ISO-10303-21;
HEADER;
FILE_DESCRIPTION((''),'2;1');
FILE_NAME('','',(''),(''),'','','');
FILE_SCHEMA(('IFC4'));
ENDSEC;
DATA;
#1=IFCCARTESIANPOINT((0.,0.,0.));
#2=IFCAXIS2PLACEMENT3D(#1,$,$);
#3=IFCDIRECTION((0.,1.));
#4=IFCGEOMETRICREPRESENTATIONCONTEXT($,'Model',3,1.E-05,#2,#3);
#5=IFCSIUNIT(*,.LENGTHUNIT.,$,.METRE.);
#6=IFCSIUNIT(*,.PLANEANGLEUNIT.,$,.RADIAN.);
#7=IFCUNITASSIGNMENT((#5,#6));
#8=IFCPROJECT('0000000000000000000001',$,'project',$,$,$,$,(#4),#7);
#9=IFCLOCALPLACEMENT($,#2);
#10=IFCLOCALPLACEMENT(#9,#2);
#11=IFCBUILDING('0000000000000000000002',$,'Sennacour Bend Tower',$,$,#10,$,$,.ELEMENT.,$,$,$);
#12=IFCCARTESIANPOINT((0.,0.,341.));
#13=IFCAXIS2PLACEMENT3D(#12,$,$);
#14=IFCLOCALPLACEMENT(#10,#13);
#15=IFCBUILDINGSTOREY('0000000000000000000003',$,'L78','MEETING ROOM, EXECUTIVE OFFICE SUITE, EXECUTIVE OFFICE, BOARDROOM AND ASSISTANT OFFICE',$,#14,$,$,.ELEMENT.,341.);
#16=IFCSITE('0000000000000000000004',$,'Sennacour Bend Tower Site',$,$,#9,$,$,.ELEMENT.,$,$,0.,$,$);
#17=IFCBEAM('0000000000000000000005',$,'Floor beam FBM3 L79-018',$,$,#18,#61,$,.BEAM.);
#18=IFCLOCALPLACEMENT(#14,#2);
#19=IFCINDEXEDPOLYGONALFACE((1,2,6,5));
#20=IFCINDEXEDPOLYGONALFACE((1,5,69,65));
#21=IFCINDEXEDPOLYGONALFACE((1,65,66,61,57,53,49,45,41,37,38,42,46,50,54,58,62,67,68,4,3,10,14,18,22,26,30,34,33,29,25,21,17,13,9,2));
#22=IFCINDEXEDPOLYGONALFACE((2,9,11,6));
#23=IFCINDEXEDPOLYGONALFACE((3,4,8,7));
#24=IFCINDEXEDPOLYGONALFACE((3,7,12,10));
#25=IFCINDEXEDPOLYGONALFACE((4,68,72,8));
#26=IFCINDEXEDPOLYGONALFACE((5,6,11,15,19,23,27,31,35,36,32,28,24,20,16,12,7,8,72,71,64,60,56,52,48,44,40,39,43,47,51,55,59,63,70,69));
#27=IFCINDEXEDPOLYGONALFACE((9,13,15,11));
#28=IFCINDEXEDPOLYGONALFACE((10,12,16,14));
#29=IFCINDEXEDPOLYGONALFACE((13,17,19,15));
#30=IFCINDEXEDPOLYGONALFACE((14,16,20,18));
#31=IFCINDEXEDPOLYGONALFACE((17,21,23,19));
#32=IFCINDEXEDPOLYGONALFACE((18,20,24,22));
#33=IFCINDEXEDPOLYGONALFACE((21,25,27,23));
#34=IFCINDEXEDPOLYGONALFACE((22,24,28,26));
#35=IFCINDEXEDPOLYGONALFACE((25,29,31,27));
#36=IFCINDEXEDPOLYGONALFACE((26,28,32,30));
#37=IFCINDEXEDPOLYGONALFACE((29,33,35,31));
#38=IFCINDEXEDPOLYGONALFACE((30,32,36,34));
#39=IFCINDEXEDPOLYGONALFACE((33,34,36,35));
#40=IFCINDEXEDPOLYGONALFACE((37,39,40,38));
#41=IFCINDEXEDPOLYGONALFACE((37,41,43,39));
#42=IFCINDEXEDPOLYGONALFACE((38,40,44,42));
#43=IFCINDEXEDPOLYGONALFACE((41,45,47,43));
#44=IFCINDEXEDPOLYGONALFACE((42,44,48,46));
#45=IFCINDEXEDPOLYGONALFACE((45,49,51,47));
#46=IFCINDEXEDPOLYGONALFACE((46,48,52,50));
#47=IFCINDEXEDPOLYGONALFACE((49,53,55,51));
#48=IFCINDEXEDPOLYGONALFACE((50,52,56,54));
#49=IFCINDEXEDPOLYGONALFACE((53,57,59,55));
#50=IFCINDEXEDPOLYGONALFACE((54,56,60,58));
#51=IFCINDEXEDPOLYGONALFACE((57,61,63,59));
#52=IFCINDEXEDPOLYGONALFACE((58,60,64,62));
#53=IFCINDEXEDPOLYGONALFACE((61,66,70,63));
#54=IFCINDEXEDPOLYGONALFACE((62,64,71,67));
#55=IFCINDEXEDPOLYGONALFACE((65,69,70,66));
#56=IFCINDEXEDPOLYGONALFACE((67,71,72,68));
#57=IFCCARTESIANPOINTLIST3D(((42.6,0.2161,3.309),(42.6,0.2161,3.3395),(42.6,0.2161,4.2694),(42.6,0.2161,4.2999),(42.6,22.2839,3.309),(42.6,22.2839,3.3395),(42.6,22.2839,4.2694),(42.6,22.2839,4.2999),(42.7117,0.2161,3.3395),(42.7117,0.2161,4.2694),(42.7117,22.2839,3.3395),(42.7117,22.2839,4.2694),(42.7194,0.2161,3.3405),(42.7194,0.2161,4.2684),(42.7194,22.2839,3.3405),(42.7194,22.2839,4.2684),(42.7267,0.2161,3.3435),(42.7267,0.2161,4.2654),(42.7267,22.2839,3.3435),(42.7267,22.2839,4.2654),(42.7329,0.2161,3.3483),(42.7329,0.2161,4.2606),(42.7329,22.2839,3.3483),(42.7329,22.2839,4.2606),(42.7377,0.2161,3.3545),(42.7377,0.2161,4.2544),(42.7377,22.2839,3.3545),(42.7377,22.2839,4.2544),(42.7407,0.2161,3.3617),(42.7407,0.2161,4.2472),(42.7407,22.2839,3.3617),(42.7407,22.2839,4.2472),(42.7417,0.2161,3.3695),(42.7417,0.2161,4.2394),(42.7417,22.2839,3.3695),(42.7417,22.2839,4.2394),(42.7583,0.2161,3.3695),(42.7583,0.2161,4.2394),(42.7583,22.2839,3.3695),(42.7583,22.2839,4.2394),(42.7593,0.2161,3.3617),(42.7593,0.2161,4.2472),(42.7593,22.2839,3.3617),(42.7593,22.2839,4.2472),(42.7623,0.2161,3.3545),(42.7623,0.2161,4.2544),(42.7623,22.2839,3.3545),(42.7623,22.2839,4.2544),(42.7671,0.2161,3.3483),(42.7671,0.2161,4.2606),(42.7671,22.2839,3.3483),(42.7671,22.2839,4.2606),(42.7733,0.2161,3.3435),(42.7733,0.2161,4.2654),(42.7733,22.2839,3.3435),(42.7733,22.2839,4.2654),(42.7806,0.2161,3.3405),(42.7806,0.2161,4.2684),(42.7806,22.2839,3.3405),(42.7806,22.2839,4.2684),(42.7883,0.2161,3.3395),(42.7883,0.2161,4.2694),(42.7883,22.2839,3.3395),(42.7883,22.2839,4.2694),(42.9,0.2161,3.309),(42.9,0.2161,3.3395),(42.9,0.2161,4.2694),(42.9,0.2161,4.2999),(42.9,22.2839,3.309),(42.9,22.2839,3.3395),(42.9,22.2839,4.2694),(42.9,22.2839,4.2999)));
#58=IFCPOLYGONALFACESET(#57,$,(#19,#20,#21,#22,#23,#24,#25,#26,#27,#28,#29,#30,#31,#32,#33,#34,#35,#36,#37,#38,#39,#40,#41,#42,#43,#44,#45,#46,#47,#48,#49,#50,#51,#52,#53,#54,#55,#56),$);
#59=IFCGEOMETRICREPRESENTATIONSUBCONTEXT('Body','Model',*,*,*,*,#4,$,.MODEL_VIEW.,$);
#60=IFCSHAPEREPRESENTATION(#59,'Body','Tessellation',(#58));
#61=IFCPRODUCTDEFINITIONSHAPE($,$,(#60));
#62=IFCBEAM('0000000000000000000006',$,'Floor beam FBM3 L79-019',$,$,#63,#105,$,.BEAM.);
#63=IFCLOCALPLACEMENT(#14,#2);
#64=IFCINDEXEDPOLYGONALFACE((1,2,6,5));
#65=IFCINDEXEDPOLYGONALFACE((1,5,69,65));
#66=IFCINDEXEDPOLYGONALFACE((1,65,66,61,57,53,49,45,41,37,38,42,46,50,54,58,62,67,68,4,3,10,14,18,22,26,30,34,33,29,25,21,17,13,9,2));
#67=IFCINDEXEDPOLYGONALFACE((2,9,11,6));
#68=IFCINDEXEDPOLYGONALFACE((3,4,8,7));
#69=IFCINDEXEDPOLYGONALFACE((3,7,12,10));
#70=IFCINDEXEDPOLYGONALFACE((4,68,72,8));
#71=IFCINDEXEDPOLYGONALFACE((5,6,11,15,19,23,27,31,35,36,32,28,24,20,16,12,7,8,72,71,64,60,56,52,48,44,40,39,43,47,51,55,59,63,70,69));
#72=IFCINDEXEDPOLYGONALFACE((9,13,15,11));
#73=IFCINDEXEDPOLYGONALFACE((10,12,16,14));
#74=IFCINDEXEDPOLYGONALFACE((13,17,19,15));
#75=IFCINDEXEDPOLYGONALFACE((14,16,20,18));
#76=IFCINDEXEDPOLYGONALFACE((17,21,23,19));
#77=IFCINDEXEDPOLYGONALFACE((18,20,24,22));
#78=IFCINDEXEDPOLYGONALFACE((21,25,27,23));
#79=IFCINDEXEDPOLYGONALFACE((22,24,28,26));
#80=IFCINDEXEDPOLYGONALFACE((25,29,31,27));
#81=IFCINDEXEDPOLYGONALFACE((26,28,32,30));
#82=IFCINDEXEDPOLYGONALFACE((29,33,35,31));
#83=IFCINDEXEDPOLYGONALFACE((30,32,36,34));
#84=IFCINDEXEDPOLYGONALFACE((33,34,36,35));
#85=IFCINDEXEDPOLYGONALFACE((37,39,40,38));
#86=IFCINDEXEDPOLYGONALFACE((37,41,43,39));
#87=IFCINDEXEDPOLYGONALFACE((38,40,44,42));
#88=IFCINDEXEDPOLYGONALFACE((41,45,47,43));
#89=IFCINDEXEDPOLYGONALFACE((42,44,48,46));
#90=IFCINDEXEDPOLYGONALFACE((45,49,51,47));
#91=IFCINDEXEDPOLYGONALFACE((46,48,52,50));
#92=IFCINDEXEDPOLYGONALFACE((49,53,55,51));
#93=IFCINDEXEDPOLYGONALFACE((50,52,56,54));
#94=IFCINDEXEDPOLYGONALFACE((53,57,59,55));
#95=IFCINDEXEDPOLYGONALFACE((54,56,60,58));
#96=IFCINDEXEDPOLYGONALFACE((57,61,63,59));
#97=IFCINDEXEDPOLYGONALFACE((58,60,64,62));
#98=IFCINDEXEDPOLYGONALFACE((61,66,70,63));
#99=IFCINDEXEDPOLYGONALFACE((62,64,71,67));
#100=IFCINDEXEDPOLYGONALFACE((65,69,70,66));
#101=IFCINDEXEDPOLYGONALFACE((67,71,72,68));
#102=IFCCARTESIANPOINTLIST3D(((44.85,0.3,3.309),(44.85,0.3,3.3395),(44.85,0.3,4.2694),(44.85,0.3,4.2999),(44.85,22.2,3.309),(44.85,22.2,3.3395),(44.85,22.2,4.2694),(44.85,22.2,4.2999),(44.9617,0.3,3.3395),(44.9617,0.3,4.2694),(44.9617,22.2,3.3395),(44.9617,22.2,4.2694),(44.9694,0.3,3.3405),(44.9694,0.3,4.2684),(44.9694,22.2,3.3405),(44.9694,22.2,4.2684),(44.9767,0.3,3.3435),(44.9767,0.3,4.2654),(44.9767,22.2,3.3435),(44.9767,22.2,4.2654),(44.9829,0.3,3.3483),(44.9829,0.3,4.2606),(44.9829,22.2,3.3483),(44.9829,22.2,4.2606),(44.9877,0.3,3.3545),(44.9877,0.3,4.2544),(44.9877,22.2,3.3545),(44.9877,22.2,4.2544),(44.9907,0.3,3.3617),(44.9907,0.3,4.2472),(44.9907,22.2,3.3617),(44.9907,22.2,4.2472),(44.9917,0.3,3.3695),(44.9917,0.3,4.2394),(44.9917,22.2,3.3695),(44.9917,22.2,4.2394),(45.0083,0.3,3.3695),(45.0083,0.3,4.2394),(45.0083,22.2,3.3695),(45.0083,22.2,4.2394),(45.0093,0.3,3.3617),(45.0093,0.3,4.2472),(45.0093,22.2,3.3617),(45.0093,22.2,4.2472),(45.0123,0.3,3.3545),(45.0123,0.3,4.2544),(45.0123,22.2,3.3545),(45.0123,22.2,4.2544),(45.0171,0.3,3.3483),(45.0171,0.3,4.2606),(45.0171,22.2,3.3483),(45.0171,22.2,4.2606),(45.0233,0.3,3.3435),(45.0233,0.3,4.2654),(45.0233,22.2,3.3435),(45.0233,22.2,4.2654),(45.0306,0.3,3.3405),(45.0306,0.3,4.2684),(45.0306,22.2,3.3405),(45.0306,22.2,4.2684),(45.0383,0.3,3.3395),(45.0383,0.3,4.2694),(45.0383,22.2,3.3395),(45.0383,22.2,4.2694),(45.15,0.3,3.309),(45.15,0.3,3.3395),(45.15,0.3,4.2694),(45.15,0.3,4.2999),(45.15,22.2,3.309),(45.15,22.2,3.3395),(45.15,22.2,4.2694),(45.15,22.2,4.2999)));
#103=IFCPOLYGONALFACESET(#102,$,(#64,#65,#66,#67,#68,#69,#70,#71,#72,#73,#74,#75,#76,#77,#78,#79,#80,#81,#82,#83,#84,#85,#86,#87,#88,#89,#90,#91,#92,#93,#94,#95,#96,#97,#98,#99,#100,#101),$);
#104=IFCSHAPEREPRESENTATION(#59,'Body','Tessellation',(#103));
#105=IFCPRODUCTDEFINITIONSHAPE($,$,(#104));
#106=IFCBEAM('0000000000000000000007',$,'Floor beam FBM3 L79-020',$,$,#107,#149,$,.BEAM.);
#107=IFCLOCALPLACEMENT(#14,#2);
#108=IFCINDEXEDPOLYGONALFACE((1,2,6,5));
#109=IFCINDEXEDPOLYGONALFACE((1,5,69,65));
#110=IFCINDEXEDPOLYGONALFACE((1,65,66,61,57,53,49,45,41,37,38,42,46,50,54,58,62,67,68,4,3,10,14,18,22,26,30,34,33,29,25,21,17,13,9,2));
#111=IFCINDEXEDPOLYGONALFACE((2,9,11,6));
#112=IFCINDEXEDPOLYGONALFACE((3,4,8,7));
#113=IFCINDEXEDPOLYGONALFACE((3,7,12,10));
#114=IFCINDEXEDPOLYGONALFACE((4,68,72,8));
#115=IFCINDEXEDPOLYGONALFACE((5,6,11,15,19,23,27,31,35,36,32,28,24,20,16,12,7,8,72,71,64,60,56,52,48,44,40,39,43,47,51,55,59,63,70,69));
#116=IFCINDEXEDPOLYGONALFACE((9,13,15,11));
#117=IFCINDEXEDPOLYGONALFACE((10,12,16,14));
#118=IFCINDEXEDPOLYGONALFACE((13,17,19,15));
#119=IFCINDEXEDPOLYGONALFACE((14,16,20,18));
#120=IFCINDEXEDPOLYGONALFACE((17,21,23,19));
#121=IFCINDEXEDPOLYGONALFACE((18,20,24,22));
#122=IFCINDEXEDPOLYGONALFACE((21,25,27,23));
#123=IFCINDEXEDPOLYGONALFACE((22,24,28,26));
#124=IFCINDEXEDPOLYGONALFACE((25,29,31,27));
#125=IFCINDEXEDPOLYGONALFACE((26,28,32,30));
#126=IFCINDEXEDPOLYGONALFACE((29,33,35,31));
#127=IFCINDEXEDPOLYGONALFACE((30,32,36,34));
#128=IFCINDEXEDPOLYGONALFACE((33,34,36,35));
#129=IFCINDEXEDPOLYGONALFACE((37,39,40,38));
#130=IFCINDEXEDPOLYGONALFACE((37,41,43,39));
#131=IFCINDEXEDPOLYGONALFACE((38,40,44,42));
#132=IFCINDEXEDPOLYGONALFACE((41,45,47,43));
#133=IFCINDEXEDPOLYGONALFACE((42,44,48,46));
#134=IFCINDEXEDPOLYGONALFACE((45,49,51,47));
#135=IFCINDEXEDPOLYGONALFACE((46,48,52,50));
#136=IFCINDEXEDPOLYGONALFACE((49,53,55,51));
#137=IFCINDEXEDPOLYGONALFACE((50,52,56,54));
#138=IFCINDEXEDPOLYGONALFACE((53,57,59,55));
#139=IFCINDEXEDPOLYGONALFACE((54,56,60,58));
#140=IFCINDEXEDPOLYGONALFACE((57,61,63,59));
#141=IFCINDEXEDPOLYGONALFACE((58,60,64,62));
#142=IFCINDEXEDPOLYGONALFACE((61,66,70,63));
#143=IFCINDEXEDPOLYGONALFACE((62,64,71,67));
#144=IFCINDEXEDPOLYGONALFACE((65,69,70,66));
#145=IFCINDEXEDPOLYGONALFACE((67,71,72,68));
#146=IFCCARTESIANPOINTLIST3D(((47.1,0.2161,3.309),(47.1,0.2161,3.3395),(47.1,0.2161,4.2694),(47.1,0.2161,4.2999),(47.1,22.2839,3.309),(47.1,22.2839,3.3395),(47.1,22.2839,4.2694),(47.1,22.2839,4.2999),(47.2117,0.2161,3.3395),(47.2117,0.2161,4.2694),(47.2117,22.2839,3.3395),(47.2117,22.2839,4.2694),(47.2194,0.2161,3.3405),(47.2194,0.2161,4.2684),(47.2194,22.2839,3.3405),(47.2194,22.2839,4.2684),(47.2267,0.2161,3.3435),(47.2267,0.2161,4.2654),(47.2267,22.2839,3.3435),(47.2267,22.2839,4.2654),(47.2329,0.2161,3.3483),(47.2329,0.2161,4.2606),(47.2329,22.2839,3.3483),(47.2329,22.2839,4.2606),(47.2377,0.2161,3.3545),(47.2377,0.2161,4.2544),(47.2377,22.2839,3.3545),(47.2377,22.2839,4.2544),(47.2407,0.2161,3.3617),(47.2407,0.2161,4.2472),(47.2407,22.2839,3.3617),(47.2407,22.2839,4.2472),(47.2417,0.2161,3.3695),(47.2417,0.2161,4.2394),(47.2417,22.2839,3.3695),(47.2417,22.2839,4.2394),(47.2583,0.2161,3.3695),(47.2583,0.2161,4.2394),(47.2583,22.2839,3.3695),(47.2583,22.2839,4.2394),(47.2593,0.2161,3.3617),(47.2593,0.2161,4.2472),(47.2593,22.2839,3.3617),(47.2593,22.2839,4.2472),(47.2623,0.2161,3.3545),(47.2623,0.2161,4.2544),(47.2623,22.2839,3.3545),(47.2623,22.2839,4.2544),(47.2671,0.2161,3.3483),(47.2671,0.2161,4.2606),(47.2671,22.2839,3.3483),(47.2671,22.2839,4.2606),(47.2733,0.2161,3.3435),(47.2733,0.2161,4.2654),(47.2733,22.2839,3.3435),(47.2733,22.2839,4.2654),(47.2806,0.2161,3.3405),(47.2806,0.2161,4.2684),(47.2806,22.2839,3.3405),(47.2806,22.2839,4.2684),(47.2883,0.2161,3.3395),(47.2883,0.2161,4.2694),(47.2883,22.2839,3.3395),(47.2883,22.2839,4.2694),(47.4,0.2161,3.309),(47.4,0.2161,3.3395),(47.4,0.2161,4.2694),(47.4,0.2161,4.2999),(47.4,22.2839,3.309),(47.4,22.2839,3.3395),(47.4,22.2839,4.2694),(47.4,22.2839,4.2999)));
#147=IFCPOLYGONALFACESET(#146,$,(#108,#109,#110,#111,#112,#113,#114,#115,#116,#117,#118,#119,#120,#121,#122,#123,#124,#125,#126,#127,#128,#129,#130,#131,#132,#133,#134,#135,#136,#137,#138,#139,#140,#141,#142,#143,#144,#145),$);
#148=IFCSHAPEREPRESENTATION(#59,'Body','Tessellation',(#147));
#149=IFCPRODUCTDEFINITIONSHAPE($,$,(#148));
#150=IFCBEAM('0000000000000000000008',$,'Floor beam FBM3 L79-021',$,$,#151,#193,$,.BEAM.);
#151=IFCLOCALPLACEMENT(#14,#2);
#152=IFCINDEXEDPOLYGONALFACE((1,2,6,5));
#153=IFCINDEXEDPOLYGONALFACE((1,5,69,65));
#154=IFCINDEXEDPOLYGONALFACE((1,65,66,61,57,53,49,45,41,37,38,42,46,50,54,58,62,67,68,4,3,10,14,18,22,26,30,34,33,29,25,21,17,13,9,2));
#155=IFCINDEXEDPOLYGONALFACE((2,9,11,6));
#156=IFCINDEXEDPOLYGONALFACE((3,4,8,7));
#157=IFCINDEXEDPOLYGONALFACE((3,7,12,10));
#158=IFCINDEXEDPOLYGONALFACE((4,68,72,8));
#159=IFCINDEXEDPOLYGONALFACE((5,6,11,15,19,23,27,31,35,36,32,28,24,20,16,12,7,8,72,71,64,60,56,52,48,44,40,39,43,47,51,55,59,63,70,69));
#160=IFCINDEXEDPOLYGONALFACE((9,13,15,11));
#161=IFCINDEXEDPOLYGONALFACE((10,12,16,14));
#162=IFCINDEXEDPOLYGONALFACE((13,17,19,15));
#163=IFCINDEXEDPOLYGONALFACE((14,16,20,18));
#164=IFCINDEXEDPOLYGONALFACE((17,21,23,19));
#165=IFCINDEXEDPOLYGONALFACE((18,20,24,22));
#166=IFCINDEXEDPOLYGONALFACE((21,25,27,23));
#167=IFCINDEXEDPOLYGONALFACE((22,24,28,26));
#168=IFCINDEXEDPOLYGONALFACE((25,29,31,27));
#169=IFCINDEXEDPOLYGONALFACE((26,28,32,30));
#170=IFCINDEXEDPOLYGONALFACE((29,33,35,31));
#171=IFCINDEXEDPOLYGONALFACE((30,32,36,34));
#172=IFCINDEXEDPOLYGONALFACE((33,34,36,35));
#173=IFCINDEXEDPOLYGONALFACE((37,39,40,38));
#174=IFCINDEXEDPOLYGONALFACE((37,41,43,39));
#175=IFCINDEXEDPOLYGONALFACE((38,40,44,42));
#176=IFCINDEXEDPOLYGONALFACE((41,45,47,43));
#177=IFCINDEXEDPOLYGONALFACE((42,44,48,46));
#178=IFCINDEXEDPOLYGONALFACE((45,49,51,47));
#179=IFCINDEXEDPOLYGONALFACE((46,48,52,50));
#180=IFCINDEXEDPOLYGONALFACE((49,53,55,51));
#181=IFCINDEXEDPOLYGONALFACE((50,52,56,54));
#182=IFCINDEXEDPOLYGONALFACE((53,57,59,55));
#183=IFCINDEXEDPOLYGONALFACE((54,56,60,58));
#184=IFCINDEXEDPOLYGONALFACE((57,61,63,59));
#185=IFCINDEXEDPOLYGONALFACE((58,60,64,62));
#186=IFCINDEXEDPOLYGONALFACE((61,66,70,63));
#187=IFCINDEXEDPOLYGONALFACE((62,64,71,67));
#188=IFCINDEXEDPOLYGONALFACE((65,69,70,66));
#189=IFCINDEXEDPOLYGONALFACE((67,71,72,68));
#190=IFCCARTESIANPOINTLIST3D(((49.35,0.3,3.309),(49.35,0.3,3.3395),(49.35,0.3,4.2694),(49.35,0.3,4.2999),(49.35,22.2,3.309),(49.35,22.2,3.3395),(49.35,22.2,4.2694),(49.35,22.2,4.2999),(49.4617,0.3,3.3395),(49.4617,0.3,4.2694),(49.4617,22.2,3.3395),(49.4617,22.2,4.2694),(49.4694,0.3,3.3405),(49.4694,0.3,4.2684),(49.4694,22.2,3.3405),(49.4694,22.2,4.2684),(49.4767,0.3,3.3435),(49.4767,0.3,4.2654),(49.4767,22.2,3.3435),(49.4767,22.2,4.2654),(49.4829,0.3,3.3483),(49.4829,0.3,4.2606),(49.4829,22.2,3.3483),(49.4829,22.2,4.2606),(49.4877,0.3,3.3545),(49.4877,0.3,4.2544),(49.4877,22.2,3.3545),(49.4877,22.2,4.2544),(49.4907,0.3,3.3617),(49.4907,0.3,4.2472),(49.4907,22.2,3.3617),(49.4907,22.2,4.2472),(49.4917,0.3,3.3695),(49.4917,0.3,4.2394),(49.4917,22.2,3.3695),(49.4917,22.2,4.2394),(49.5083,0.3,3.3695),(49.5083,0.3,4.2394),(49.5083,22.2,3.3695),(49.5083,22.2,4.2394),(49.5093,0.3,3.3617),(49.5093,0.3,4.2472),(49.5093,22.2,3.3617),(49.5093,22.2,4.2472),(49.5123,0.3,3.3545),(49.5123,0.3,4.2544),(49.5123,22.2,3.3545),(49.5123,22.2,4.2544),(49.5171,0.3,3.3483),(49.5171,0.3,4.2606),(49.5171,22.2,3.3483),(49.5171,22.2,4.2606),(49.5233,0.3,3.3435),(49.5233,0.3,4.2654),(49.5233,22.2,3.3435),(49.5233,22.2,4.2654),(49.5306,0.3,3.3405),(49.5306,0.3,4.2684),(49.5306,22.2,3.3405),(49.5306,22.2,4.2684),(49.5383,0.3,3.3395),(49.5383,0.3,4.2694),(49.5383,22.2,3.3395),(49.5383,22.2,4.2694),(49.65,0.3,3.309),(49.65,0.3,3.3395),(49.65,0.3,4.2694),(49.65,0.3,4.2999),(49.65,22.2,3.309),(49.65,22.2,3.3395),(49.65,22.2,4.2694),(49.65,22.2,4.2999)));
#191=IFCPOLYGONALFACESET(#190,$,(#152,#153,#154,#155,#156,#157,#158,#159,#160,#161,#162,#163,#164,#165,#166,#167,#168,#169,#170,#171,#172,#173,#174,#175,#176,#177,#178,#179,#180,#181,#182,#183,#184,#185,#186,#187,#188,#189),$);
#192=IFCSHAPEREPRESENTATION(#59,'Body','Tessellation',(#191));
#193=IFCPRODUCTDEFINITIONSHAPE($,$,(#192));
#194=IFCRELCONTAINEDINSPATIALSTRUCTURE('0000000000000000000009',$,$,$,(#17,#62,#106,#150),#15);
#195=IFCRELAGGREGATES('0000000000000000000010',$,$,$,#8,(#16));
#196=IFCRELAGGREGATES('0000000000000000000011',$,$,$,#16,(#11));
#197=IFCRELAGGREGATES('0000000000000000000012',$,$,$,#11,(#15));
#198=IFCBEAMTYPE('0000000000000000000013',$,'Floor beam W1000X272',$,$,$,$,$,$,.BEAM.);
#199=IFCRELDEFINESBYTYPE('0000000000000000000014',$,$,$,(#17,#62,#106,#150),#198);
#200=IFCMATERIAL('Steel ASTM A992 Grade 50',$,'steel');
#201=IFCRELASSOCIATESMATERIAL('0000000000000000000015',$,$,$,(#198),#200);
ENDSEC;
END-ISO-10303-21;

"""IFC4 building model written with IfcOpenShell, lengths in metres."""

from ifc_helpers import new_model, si_unit, direction, frame, origin, origin_2d, place, context, subcontext, project, spatial, i_section, extrude, material, material_profile, profile_set, type_object, element, save


model = new_model("IFC4")

# Units and contexts
model_context = context("Model", 3, precision=1e-05, world=origin(), true_north=direction((0.0, 1.0)))
body_context = subcontext(model_context, "Body", "Model", "MODEL_VIEW")
ifc_project = project(units=[si_unit("LENGTHUNIT", "METRE"), si_unit("PLANEANGLEUNIT", "RADIAN")], contexts=[model_context])

# Site, building, storey
site_placement = place(None, origin())
site = spatial("IfcSite", under=ifc_project, at=site_placement, Name="Sennacour Bend Tower Site", CompositionType="ELEMENT", RefElevation=0.0)
building_placement = place(site_placement, origin())
building = spatial("IfcBuilding", under=site, at=building_placement, Name="Sennacour Bend Tower", CompositionType="ELEMENT")
storey_placement = place(building_placement, frame((0.0, 0.0, 341.0)))
storey = spatial("IfcBuildingStorey", under=building, at=storey_placement, Name="L78", Description="MEETING ROOM, EXECUTIVE OFFICE SUITE, EXECUTIVE OFFICE, BOARDROOM AND ASSISTANT OFFICE", CompositionType="ELEMENT", Elevation=341.0)

# Beams
ifc_material_1 = material(Name="Steel ASTM A992 Grade 50", Category="steel")
ifc_material_profile_1 = material_profile(ifc_material_1, i_section(OverallWidth=0.3, OverallDepth=0.991, WebThickness=0.0166, FlangeThickness=0.0305, FilletRadius=0.03, at=origin_2d()), Name="Steel ASTM A992 Grade 50", Category="steel")
ifc_profile_set_1 = profile_set([ifc_material_profile_1], Name="Steel ASTM A992 Grade 50")
beam_type = type_object("IfcBeamType", Name="Floor beam W1000X272", PredefinedType="BEAM", material=ifc_profile_set_1)
beam_1_placement = place(storey_placement, frame((42.75, 0.2161, 3.8044), z_axis=(0.0, 1.0, 0.0), x_axis=(-1.0, 0.0, 0.0)))
element("IfcBeam", 1, at=beam_1_placement, inside=storey, type_object=beam_type, Name="Floor beam FBM3 L79-018", PredefinedType="BEAM", context=body_context, shape_type="SweptSolid", body=[
    extrude(i_section(OverallWidth=0.3, OverallDepth=0.991, WebThickness=0.0166, FlangeThickness=0.0305, FilletRadius=0.03, at=origin_2d()), origin(), (0.0, 0.0, 1.0), 22.0679),
])
beam_2_placement = place(storey_placement, frame((45.0, 0.3, 3.8044), z_axis=(0.0, 1.0, 0.0), x_axis=(-1.0, 0.0, 0.0)))
element("IfcBeam", 2, at=beam_2_placement, inside=storey, type_object=beam_type, Name="Floor beam FBM3 L79-019", PredefinedType="BEAM", context=body_context, shape_type="SweptSolid", body=[
    extrude(i_section(OverallWidth=0.3, OverallDepth=0.991, WebThickness=0.0166, FlangeThickness=0.0305, FilletRadius=0.03, at=origin_2d()), origin(), (0.0, 0.0, 1.0), 21.8999),
])
beam_3_placement = place(storey_placement, frame((47.25, 0.2161, 3.8044), z_axis=(0.0, 1.0, 0.0), x_axis=(-1.0, 0.0, 0.0)))
element("IfcBeam", 3, at=beam_3_placement, inside=storey, type_object=beam_type, Name="Floor beam FBM3 L79-020", PredefinedType="BEAM", context=body_context, shape_type="SweptSolid", body=[
    extrude(i_section(OverallWidth=0.3, OverallDepth=0.991, WebThickness=0.0166, FlangeThickness=0.0305, FilletRadius=0.03, at=origin_2d()), origin(), (0.0, 0.0, 1.0), 22.0679),
])
beam_4_placement = place(storey_placement, frame((49.5, 0.3, 3.8044), z_axis=(0.0, 1.0, 0.0), x_axis=(-1.0, 0.0, 0.0)))
element("IfcBeam", 4, at=beam_4_placement, inside=storey, type_object=beam_type, Name="Floor beam FBM3 L79-021", PredefinedType="BEAM", context=body_context, shape_type="SweptSolid", body=[
    extrude(i_section(OverallWidth=0.3, OverallDepth=0.991, WebThickness=0.0166, FlangeThickness=0.0305, FilletRadius=0.03, at=origin_2d()), origin(), (0.0, 0.0, 1.0), 21.8999),
])

save(model, "model.ifc")
